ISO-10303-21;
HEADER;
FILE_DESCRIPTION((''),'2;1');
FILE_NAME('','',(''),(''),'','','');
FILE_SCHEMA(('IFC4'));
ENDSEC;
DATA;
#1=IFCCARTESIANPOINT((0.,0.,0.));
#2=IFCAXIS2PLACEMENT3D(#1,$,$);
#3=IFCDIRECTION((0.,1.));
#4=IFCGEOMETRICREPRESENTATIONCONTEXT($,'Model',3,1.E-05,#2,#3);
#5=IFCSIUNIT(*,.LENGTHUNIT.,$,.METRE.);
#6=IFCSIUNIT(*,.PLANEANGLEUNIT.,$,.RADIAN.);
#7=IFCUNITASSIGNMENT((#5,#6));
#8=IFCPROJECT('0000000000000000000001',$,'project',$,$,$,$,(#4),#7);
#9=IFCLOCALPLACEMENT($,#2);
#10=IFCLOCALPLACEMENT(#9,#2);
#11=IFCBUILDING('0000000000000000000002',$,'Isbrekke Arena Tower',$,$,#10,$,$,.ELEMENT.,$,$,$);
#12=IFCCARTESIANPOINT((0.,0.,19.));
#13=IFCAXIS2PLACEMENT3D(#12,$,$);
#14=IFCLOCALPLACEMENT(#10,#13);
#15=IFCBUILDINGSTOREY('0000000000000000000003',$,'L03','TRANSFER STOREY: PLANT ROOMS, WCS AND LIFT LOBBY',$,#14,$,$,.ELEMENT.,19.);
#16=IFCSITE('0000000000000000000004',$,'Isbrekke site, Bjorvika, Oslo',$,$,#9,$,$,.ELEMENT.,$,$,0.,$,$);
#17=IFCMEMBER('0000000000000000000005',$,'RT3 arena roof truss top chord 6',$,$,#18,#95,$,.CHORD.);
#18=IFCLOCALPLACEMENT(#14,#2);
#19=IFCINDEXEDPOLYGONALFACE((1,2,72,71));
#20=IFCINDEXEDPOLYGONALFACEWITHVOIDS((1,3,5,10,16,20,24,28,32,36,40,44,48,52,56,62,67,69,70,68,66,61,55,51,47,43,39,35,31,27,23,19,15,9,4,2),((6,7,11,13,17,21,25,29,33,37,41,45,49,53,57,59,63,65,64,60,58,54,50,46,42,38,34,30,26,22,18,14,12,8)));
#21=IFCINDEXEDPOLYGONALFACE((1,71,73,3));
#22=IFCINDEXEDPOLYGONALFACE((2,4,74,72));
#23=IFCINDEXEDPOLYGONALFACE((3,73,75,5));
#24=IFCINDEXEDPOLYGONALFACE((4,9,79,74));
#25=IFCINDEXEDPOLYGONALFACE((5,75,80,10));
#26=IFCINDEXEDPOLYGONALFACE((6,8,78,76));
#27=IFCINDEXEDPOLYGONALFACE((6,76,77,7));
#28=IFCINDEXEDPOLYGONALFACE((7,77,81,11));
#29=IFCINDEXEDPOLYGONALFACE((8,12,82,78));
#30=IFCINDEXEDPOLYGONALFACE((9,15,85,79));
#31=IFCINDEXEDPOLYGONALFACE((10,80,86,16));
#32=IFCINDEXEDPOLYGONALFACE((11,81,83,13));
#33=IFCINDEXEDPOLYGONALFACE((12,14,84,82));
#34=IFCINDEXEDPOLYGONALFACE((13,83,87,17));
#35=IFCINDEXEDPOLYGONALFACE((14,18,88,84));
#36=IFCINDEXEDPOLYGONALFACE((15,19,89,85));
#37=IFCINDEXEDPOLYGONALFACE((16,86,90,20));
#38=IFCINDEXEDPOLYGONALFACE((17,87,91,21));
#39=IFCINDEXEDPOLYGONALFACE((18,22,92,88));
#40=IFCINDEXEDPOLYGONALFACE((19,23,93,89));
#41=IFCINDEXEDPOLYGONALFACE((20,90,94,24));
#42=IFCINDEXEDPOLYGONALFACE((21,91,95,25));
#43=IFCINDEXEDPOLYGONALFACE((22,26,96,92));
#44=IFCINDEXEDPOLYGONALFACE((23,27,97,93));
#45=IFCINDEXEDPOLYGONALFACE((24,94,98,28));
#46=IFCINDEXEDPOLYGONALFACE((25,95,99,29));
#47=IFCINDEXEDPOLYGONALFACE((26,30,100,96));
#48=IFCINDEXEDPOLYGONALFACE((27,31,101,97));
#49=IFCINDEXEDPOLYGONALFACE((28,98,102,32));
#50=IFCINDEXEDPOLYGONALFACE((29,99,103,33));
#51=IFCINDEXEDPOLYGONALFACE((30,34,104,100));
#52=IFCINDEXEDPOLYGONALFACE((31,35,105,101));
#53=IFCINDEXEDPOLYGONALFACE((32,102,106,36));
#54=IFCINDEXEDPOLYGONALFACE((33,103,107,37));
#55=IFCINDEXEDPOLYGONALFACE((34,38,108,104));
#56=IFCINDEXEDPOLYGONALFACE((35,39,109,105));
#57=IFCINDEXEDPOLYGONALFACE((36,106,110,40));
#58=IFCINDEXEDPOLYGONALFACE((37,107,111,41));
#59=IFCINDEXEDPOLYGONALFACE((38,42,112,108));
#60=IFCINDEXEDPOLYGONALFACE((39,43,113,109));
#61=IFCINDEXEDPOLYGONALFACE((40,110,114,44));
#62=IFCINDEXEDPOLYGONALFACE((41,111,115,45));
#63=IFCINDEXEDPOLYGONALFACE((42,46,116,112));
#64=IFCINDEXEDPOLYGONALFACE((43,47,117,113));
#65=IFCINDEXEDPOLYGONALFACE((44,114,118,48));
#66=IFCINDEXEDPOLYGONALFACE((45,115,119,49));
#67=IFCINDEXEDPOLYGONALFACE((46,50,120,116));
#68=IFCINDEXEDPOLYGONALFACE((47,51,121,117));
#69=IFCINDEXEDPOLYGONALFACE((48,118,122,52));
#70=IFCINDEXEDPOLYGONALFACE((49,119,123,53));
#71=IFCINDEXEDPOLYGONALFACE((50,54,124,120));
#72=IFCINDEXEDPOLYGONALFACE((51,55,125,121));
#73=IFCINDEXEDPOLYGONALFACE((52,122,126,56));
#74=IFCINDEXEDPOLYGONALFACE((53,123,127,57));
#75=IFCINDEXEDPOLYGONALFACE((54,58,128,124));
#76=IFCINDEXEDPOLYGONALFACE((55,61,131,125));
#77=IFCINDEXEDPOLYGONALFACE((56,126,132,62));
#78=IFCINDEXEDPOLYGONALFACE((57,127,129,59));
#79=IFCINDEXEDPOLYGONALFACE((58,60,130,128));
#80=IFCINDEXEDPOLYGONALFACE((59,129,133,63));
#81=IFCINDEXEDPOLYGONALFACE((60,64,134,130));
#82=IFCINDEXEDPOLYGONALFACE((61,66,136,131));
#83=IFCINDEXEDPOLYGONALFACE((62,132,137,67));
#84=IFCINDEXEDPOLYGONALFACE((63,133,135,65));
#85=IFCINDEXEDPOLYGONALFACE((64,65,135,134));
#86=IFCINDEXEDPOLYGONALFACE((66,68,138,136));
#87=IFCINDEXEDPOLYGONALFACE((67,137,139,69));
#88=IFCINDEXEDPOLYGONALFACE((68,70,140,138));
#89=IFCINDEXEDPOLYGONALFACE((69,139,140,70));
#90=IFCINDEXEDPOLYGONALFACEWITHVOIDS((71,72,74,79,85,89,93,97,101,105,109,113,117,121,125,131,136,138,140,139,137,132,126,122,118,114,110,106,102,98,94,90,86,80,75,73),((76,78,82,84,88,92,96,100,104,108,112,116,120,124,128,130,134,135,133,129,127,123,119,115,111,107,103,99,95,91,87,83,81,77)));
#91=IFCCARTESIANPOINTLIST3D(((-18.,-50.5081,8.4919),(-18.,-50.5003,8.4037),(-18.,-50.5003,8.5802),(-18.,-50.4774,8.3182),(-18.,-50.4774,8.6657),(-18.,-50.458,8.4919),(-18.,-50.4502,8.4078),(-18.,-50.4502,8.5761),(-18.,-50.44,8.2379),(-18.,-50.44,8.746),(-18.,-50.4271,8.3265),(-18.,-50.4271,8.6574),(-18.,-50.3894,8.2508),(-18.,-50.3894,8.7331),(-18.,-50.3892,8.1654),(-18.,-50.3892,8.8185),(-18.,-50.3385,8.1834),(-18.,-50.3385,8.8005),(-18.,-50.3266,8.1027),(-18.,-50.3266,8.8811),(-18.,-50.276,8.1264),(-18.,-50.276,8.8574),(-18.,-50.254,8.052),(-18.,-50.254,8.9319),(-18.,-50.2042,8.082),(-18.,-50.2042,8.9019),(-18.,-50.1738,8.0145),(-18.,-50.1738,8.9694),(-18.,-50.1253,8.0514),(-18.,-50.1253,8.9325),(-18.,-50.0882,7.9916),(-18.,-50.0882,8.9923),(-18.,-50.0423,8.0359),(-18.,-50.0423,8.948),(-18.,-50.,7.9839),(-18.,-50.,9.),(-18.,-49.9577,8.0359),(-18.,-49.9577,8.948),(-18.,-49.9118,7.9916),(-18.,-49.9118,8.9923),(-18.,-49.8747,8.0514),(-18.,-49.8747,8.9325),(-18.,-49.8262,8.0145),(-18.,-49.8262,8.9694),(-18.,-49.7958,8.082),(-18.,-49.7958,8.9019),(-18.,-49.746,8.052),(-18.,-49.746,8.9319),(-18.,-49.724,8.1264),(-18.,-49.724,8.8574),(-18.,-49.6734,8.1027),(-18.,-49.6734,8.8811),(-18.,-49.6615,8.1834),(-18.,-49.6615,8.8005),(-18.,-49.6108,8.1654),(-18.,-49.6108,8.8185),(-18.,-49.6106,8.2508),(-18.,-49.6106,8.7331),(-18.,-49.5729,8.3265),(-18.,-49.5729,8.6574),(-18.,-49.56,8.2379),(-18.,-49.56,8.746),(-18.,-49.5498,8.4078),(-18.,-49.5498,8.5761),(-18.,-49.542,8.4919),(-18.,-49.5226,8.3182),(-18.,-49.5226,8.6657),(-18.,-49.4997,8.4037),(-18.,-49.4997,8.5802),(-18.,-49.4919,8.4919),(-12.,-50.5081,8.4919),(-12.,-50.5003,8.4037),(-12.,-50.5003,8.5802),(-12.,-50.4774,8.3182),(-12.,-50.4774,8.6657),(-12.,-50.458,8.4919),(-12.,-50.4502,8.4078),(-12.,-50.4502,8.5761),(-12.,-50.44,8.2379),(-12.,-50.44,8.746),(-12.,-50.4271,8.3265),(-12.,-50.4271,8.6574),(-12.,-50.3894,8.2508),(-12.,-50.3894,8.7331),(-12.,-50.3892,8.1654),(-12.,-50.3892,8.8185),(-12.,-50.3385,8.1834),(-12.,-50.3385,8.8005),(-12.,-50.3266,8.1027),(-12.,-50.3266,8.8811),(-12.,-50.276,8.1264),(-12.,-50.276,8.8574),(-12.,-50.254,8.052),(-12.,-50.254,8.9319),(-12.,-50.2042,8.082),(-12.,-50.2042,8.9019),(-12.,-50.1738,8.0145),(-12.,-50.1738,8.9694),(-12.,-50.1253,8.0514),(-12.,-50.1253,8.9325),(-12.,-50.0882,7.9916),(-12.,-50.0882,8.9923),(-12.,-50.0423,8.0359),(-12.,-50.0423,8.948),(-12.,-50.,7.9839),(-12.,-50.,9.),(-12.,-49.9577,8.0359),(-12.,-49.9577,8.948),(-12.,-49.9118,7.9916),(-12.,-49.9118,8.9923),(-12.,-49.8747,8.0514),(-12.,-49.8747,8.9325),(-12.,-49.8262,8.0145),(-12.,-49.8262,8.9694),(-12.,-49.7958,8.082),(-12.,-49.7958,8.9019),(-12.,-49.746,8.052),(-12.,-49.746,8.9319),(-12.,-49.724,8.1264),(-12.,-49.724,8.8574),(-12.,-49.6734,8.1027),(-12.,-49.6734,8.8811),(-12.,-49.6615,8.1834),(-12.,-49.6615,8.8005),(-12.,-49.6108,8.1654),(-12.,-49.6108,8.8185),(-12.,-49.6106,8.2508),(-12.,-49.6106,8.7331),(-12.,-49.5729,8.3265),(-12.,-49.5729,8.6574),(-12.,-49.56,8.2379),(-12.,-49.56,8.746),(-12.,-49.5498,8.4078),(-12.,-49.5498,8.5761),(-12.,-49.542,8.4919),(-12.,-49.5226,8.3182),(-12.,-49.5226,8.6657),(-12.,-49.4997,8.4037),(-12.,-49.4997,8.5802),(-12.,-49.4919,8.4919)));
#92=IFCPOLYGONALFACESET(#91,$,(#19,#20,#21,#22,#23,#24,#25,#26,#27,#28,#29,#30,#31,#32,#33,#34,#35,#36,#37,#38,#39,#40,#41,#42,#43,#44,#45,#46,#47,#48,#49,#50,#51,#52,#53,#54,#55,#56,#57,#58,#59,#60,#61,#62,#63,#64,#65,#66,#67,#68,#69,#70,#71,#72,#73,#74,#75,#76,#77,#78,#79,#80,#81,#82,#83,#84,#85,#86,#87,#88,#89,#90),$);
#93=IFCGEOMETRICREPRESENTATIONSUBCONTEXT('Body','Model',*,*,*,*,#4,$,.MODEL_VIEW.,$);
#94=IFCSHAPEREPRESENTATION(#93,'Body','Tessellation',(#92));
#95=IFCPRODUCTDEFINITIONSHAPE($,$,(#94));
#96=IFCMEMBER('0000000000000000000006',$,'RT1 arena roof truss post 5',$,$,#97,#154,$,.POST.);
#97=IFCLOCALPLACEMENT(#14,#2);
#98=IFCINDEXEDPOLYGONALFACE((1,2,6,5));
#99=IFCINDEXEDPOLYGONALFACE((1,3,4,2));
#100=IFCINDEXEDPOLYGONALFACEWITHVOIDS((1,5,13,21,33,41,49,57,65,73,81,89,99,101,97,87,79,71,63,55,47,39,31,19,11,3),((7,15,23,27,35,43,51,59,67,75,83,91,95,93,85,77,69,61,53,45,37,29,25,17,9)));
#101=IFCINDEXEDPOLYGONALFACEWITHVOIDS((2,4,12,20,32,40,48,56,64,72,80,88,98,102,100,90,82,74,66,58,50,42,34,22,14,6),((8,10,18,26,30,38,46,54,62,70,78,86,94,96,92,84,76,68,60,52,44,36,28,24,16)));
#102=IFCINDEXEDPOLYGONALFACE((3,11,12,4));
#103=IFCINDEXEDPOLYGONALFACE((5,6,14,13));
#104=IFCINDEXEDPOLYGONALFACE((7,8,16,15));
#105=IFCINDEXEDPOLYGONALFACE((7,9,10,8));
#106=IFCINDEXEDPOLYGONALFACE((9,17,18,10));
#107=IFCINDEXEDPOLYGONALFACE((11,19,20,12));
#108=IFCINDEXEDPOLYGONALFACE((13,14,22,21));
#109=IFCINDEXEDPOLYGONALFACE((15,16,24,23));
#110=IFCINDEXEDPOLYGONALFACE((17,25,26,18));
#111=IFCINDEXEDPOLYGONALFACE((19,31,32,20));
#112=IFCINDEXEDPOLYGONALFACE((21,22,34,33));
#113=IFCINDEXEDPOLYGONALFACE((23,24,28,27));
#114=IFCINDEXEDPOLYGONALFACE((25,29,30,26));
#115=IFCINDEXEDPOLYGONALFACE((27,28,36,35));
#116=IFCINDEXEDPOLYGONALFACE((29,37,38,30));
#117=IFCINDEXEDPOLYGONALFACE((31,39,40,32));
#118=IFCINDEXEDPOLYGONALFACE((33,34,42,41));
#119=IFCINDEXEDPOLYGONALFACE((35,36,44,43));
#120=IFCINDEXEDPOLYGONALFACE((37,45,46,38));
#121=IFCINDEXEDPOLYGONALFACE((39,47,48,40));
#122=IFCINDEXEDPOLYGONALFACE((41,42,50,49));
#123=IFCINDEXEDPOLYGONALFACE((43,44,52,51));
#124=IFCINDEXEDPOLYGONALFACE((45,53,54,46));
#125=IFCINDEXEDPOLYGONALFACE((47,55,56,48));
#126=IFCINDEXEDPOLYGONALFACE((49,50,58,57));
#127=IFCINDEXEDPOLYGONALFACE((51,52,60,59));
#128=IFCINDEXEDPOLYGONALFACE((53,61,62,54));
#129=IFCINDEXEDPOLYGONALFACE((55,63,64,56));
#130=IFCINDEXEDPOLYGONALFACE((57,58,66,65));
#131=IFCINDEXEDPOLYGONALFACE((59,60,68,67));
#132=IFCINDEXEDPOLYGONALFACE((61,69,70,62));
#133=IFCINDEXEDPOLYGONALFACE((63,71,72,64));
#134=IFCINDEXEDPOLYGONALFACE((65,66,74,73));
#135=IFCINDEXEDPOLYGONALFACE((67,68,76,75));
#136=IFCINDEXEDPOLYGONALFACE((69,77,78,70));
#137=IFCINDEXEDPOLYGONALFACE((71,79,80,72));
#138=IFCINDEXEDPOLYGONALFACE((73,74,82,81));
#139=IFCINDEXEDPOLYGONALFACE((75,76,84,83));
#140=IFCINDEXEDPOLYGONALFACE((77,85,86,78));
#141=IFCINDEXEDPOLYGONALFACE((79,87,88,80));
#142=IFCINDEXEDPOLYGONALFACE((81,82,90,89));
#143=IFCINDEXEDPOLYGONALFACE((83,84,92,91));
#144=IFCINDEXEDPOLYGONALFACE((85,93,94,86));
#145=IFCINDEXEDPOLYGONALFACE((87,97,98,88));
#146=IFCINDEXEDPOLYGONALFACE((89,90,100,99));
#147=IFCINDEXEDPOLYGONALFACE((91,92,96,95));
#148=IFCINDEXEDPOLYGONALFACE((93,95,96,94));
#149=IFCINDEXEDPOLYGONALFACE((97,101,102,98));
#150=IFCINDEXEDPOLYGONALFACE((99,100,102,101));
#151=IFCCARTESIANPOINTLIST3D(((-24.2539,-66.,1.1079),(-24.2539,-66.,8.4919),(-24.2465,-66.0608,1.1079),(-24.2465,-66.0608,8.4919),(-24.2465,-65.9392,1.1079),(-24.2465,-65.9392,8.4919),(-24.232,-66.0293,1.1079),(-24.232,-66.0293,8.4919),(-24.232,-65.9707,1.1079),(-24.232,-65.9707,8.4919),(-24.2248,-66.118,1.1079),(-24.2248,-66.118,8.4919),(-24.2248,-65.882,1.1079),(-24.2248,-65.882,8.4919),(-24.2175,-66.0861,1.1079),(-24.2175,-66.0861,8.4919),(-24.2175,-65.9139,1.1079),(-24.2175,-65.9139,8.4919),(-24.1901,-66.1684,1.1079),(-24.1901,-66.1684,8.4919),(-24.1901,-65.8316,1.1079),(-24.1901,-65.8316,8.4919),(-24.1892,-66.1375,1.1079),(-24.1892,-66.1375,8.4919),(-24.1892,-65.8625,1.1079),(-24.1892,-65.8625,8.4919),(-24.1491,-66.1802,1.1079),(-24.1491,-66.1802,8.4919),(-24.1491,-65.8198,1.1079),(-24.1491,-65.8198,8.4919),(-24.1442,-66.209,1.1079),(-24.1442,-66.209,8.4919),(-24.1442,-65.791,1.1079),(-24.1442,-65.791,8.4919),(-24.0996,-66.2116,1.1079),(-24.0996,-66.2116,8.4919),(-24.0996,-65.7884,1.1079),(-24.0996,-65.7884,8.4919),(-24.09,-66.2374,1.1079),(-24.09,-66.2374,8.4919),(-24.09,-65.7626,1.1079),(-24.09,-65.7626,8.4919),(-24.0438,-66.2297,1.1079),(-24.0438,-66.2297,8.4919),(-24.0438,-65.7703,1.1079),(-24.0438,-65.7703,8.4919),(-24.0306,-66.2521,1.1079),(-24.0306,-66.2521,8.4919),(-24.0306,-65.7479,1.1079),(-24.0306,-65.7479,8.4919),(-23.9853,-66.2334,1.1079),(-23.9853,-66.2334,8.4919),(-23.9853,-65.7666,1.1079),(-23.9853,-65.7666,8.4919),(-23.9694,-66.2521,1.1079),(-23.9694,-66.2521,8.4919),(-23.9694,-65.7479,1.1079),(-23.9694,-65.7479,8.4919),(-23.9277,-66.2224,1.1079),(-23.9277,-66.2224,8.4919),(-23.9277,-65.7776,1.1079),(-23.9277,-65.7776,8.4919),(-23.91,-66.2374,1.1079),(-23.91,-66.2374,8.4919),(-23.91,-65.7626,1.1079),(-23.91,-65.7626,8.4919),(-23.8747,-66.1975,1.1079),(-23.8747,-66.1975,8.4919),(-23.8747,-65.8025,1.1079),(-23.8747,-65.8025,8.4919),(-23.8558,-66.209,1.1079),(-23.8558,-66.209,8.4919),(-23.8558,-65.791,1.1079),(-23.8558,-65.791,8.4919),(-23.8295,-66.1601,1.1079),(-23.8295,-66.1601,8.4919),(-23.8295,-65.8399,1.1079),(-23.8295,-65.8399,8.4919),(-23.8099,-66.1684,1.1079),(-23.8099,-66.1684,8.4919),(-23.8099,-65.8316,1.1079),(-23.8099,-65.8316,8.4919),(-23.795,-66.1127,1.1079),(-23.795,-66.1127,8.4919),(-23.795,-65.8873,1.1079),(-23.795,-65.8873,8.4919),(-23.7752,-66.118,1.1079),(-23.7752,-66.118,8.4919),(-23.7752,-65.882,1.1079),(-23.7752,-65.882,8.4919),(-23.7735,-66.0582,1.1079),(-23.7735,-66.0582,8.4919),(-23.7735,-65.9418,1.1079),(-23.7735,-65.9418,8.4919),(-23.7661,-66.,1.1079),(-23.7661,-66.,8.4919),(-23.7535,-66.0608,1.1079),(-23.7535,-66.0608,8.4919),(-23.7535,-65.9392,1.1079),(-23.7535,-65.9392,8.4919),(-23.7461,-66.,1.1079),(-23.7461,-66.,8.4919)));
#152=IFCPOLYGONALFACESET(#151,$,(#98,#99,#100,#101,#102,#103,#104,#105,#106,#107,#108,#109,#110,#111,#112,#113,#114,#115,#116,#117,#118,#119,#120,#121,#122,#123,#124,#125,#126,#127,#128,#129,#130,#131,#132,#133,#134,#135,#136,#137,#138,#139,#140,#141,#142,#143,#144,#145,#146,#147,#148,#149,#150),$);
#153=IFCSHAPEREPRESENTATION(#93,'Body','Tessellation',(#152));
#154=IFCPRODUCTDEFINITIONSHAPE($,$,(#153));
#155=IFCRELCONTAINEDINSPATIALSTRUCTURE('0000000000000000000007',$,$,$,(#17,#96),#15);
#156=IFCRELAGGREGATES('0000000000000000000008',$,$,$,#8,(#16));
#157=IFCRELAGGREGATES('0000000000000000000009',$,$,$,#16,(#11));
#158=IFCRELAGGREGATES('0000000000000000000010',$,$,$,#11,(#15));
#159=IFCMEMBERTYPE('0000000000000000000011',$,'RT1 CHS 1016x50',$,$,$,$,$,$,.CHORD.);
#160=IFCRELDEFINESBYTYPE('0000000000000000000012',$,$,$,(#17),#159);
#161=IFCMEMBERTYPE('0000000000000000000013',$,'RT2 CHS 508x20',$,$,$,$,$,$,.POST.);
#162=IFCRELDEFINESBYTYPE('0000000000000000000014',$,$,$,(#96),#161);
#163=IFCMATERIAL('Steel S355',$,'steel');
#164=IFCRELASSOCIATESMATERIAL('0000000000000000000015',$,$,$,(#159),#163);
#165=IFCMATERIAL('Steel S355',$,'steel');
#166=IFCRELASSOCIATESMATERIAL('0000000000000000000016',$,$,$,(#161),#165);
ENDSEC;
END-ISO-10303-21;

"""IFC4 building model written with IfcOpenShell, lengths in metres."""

from ifc_helpers import new_model, si_unit, direction, frame, origin, origin_2d, place, context, subcontext, project, spatial, hollow_circle, extrude, material, material_profile, profile_set, type_object, element, save


model = new_model("IFC4")

# Units and contexts
model_context = context("Model", 3, precision=1e-05, world=origin(), true_north=direction((0.0, 1.0)))
body_context = subcontext(model_context, "Body", "Model", "MODEL_VIEW")
ifc_project = project(units=[si_unit("LENGTHUNIT", "METRE"), si_unit("PLANEANGLEUNIT", "RADIAN")], contexts=[model_context])

# Site, building, storey
site_placement = place(None, origin())
site = spatial("IfcSite", under=ifc_project, at=site_placement, Name="Isbrekke site, Bjorvika, Oslo", CompositionType="ELEMENT", RefElevation=0.0)
building_placement = place(site_placement, origin())
building = spatial("IfcBuilding", under=site, at=building_placement, Name="Isbrekke Arena Tower", CompositionType="ELEMENT")
storey_placement = place(building_placement, frame((0.0, 0.0, 19.0)))
storey = spatial("IfcBuildingStorey", under=building, at=storey_placement, Name="L03", Description="TRANSFER STOREY: PLANT ROOMS, WCS AND LIFT LOBBY", CompositionType="ELEMENT", Elevation=19.0)

# Members
ifc_material_1 = material(Name="Steel S355", Category="steel")
ifc_material_profile_1 = material_profile(ifc_material_1, hollow_circle(Radius=0.5081, WallThickness=0.05, at=origin_2d()), Name="CHS 1016x50")
ifc_profile_set_1 = profile_set([ifc_material_profile_1], Name="Steel S355")
member_type_1 = type_object("IfcMemberType", Name="RT1 CHS 1016x50", PredefinedType="CHORD", material=ifc_profile_set_1)
for number, where, z_axis, x_axis, name in (
    (1, (-18.0, -50.0, 8.4919), (1.0, 0.0, 0.0), (0.0, 1.0, 0.0), "RT3 arena roof truss top chord 6"),
):
    element("IfcMember", number, at=place(storey_placement, frame(where, z_axis=z_axis, x_axis=x_axis)), inside=storey, type_object=member_type_1, Name=name, PredefinedType="CHORD", context=body_context, shape_type="SweptSolid", body=[
        extrude(hollow_circle(Radius=0.5081, WallThickness=0.05, at=origin_2d()), origin(), (0.0, 0.0, 1.0), 6.0),
    ])
ifc_material_2 = material(Name="Steel S355", Category="steel")
ifc_material_profile_2 = material_profile(ifc_material_2, hollow_circle(Radius=0.2539, WallThickness=0.02, at=origin_2d()), Name="CHS 508x20")
ifc_profile_set_2 = profile_set([ifc_material_profile_2], Name="Steel S355")
member_type_2 = type_object("IfcMemberType", Name="RT2 CHS 508x20", PredefinedType="POST", material=ifc_profile_set_2)
for number, where, z_axis, x_axis, name in (
    (2, (-24.0, -66.0, 1.1079), (0.0, 0.0, 1.0), (1.0, 0.0, 0.0), "RT1 arena roof truss post 5"),
):
    element("IfcMember", number, at=place(storey_placement, frame(where, z_axis=z_axis, x_axis=x_axis)), inside=storey, type_object=member_type_2, Name=name, PredefinedType="POST", context=body_context, shape_type="SweptSolid", body=[
        extrude(hollow_circle(Radius=0.2539, WallThickness=0.02, at=origin_2d()), origin(), (0.0, 0.0, 1.0), 7.384),
    ])

save(model, "model.ifc")
